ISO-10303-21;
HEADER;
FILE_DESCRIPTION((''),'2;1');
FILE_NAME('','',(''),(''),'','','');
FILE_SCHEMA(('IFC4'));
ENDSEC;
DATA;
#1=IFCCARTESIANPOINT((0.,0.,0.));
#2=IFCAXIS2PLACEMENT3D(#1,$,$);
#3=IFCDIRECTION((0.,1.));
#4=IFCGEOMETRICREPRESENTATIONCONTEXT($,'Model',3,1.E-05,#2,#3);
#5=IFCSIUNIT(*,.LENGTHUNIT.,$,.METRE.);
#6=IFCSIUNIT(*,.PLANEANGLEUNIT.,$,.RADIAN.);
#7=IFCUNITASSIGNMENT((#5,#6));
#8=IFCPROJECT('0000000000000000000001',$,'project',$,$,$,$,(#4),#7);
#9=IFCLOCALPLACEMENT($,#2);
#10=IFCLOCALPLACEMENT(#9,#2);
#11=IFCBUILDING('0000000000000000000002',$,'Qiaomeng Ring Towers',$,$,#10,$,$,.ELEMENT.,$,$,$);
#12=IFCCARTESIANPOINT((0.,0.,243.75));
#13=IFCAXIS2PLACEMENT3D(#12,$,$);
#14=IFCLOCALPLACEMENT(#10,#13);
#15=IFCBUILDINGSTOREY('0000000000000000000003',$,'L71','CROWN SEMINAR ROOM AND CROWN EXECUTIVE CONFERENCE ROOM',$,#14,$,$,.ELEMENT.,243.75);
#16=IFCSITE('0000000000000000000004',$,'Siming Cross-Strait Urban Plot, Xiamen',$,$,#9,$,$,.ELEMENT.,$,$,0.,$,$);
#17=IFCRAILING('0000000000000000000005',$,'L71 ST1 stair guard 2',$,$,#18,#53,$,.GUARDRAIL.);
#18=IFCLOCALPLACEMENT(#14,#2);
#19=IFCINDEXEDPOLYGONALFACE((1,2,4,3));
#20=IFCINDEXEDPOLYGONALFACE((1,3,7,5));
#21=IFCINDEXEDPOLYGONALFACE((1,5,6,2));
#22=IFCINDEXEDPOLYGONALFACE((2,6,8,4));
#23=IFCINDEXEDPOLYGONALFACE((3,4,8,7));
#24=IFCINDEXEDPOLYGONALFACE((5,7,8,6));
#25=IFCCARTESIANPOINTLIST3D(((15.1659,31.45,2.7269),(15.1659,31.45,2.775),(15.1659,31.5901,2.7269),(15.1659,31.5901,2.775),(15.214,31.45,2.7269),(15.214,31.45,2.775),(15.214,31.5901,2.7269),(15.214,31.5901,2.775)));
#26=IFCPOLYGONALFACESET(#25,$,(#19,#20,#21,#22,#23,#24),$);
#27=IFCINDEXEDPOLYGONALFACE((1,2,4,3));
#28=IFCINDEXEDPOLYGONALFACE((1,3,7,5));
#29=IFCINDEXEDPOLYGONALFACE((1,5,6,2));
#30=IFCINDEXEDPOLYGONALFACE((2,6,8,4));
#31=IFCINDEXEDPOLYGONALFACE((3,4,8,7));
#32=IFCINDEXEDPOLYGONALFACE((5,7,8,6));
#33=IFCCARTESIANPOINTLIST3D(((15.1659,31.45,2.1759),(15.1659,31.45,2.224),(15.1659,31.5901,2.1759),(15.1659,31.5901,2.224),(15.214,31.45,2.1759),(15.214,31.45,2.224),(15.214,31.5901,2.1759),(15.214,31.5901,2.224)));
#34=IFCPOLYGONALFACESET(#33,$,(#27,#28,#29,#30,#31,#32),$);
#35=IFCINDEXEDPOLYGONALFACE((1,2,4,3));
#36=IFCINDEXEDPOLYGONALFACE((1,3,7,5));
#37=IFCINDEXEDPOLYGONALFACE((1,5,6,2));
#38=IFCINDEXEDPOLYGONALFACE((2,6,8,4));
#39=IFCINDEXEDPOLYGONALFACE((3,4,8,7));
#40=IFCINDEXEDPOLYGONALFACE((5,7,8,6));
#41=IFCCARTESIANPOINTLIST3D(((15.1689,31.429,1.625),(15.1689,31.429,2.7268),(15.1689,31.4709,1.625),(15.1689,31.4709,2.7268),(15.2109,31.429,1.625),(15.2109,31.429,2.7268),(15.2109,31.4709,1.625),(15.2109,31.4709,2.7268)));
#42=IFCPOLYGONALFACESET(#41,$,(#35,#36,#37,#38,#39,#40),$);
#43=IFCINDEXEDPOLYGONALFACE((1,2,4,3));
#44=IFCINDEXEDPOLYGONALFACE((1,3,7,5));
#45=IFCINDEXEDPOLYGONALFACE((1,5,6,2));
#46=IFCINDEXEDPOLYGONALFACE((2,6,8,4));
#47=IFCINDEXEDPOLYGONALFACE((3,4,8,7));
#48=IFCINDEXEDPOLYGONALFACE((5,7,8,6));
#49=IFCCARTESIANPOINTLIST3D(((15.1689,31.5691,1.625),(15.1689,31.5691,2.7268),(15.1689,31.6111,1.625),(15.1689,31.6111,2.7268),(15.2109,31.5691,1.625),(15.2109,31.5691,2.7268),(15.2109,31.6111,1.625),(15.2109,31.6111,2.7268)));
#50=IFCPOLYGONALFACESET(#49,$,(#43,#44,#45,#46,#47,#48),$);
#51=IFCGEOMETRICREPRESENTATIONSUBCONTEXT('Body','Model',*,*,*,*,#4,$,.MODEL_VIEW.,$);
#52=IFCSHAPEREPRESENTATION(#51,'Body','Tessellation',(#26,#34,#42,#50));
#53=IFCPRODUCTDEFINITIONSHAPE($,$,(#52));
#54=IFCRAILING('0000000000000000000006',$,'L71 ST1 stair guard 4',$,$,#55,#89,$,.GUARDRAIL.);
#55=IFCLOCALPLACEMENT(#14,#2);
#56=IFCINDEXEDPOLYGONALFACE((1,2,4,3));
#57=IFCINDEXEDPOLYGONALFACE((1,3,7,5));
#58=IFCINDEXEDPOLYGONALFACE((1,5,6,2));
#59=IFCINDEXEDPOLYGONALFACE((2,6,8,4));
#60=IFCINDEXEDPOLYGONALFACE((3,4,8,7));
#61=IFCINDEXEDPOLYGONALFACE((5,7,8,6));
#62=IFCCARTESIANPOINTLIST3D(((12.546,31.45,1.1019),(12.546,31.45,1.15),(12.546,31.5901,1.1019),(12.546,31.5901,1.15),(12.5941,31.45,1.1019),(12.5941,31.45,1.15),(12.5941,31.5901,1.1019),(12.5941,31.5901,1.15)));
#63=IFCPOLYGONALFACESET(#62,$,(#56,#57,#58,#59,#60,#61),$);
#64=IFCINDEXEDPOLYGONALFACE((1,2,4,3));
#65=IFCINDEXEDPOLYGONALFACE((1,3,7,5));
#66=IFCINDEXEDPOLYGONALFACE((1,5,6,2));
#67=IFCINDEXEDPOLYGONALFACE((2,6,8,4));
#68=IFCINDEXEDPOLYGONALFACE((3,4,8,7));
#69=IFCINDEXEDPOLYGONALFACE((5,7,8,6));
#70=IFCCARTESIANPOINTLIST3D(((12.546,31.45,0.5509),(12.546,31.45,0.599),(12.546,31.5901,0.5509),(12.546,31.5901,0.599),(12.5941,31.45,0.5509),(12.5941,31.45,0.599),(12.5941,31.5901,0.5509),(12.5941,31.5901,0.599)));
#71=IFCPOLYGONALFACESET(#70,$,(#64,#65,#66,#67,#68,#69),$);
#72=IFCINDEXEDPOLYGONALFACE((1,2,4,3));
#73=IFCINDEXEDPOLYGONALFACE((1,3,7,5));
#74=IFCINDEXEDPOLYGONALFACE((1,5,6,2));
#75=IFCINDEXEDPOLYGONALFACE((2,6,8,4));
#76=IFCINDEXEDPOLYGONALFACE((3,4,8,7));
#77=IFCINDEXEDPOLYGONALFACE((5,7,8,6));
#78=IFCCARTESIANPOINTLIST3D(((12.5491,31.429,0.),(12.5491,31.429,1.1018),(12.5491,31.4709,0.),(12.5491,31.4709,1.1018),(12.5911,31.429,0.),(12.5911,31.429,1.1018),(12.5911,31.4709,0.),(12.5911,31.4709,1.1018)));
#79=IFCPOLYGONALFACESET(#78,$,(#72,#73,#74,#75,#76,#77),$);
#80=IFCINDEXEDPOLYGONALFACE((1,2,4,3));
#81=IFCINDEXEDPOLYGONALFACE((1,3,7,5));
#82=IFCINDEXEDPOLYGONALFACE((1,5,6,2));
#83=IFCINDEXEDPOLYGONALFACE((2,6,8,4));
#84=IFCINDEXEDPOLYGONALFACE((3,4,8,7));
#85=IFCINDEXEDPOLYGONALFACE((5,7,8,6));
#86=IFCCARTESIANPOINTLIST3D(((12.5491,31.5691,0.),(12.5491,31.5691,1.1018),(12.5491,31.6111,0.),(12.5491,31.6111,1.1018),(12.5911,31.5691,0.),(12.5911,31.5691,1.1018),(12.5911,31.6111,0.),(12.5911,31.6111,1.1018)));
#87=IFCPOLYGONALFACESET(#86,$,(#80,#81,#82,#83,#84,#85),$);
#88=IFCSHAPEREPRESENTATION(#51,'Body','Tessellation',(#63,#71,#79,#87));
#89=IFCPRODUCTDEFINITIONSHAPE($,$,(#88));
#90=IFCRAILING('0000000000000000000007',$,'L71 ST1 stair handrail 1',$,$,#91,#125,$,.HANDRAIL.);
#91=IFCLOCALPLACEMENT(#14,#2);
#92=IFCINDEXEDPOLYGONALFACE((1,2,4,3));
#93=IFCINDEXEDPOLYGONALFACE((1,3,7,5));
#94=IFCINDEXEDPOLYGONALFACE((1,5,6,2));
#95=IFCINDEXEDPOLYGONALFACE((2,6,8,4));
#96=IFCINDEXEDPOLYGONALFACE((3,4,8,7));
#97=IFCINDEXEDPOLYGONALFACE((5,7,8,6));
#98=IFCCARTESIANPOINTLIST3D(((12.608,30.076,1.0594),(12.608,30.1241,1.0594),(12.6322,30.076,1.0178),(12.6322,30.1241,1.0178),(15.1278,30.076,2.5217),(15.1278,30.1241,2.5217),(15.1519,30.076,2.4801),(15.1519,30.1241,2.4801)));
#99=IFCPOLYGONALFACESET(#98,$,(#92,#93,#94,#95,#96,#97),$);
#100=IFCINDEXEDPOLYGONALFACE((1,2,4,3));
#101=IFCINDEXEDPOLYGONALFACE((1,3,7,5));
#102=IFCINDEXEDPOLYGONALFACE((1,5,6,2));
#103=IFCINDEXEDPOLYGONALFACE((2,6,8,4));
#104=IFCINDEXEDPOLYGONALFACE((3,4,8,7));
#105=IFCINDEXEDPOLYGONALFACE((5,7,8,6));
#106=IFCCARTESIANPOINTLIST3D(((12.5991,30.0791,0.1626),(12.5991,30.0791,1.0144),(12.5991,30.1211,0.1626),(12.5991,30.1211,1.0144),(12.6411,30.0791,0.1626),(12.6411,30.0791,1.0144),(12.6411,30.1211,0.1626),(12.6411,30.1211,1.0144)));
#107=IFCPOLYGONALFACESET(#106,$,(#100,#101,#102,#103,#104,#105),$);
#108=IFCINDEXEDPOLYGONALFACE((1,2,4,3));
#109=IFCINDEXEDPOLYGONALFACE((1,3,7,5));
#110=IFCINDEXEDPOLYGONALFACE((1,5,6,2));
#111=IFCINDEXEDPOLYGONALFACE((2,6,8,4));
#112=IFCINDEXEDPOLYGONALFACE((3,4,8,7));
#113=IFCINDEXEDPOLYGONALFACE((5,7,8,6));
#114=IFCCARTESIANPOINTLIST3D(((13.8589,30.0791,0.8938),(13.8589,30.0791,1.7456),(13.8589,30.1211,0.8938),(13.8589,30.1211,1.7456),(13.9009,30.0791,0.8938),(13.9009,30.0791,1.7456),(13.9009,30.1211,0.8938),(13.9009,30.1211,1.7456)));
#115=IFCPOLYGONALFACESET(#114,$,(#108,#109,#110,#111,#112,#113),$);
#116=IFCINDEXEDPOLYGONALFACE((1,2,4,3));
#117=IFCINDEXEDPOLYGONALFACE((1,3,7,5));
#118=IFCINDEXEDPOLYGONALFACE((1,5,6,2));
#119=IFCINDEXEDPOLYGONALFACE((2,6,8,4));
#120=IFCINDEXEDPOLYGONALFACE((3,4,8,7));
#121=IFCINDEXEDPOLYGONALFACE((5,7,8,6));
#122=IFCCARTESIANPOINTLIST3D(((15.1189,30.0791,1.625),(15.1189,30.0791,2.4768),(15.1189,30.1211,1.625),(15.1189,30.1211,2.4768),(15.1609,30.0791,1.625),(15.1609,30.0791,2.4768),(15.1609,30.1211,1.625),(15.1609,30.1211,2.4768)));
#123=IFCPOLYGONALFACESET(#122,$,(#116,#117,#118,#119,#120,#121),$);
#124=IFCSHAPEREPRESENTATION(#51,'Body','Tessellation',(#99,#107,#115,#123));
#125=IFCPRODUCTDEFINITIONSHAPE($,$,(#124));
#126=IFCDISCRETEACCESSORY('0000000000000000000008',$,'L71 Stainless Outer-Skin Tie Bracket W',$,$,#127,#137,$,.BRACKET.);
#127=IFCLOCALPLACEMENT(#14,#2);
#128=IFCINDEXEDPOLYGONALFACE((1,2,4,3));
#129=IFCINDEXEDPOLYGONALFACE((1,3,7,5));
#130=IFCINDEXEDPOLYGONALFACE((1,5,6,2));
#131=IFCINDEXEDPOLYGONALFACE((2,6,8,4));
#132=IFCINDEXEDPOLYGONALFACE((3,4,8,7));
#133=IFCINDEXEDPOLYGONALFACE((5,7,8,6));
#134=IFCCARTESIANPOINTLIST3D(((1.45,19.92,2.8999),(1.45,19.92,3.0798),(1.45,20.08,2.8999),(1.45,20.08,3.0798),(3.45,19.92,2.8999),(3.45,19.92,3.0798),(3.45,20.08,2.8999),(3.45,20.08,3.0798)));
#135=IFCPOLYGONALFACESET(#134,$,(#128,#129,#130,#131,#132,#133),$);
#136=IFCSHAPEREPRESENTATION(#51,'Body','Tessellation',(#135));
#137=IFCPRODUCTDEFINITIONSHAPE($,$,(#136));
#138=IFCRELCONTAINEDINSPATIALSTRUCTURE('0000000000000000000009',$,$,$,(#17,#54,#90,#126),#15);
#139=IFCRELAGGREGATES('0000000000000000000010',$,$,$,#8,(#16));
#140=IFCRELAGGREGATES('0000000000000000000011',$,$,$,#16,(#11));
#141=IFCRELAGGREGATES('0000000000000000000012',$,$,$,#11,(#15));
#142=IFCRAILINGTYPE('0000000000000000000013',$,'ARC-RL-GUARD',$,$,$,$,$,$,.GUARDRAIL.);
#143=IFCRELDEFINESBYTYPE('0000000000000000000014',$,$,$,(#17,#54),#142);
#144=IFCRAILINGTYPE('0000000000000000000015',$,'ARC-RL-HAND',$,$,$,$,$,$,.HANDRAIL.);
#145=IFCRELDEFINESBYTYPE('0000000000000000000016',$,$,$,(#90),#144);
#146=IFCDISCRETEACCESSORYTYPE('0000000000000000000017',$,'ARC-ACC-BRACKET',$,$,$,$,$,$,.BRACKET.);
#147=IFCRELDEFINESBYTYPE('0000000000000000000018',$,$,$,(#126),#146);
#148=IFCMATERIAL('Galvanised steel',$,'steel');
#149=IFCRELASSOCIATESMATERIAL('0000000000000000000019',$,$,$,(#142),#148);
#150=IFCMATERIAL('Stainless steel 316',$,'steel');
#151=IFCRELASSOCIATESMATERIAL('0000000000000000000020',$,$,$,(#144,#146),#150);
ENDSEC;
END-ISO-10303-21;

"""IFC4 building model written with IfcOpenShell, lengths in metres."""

from ifc_helpers import new_model, si_unit, direction, frame, origin, origin_2d, place, context, subcontext, project, spatial, rectangle, extrude, source, transform, mapped, material, type_object, element, save


model = new_model("IFC4")

# Units and contexts
model_context = context("Model", 3, precision=1e-05, world=origin(), true_north=direction((0.0, 1.0)))
body_context = subcontext(model_context, "Body", "Model", "MODEL_VIEW")
ifc_project = project(units=[si_unit("LENGTHUNIT", "METRE"), si_unit("PLANEANGLEUNIT", "RADIAN")], contexts=[model_context])

# Site, building, storey
site_placement = place(None, origin())
site = spatial("IfcSite", under=ifc_project, at=site_placement, Name="Siming Cross-Strait Urban Plot, Xiamen", CompositionType="ELEMENT", RefElevation=0.0)
building_placement = place(site_placement, origin())
building = spatial("IfcBuilding", under=site, at=building_placement, Name="Qiaomeng Ring Towers", CompositionType="ELEMENT")
storey_placement = place(building_placement, frame((0.0, 0.0, 243.75)))
storey = spatial("IfcBuildingStorey", under=building, at=storey_placement, Name="L71", Description="CROWN SEMINAR ROOM AND CROWN EXECUTIVE CONFERENCE ROOM", CompositionType="ELEMENT", Elevation=243.75)

# Shared definitions
ifc_material_1 = material(Name="Stainless steel 316", Category="steel")

# Railings
ifc_material_2 = material(Name="Galvanised steel", Category="steel")
railing_type_1 = type_object("IfcRailingType", Name="ARC-RL-GUARD", PredefinedType="GUARDRAIL", material=ifc_material_2)
for number, where, name in (
    (1, (15.1899, 31.45, 1.625), "L71 ST1 stair guard 2"),
    (2, (12.5701, 31.45, 0.0), "L71 ST1 stair guard 4"),
):
    element("IfcRailing", number, at=place(storey_placement, frame(where)), inside=storey, type_object=railing_type_1, Name=name, PredefinedType="GUARDRAIL", context=body_context, shape_type="SweptSolid", body=[
        extrude(rectangle(XDim=0.0481, YDim=0.0481, at=origin_2d()), frame((0.0, 0.0, 1.126), z_axis=(0.0, 1.0, 0.0), x_axis=(-1.0, 0.0, 0.0)), (0.0, 0.0, 1.0), 0.1401),
        extrude(rectangle(XDim=0.0481, YDim=0.0481, at=origin_2d()), frame((0.0, 0.0, 0.575), z_axis=(0.0, 1.0, 0.0), x_axis=(-1.0, 0.0, 0.0)), (0.0, 0.0, 1.0), 0.1401),
        extrude(rectangle(XDim=0.042, YDim=0.042, at=origin_2d()), origin(), (0.0, 0.0, 1.0), 1.1018),
        extrude(rectangle(XDim=0.042, YDim=0.042, at=origin_2d()), frame((0.0, 0.1401, 0.0)), (0.0, 0.0, 1.0), 1.1018),
    ])
railing_type_2 = type_object("IfcRailingType", Name="ARC-RL-HAND", PredefinedType="HANDRAIL", material=ifc_material_1)
railing_1_placement = place(storey_placement, frame((12.6201, 30.1001, 0.1626)))
element("IfcRailing", 3, at=railing_1_placement, inside=storey, type_object=railing_type_2, Name="L71 ST1 stair handrail 1", PredefinedType="HANDRAIL", context=body_context, shape_type="SweptSolid", body=[
    extrude(rectangle(XDim=0.0481, YDim=0.0481, at=origin_2d()), frame((0.0, 0.0, 0.876), z_axis=(0.864892, 0.0, 0.501958), x_axis=(0.0, 1.0, 0.0)), (0.0, 0.0, 1.0), 2.9133),
    extrude(rectangle(XDim=0.042, YDim=0.042, at=origin_2d()), origin(), (0.0, 0.0, 1.0), 0.8518),
    extrude(rectangle(XDim=0.042, YDim=0.042, at=origin_2d()), frame((1.2598, 0.0, 0.7312)), (0.0, 0.0, 1.0), 0.8518),
    extrude(rectangle(XDim=0.042, YDim=0.042, at=origin_2d()), frame((2.5198, 0.0, 1.4624)), (0.0, 0.0, 1.0), 0.8518),
])

# Discrete accessory
discrete_accessory_type = type_object("IfcDiscreteAccessoryType", Name="ARC-ACC-BRACKET", PredefinedType="BRACKET", material=ifc_material_1)
shared_shape_1 = source(origin(), body_context, "Body", "SweptSolid", [
    extrude(rectangle(XDim=2.0, YDim=0.1599, at=origin_2d()), origin(), (0.0, 0.0, 1.0), 0.1799),
])
discrete_accessory_placement = place(storey_placement, frame((2.45, 20.0, 2.8999), z_axis=(0.0, 0.0, 1.0), x_axis=(1.0, 0.0, 0.0)))
element("IfcDiscreteAccessory", 4, at=discrete_accessory_placement, inside=storey, type_object=discrete_accessory_type, Name="L71 Stainless Outer-Skin Tie Bracket W", PredefinedType="BRACKET", context=body_context, shape_type="MappedRepresentation", body=[
    mapped(shared_shape_1, transform((0.0, 0.0, 0.0), x_axis=(1.0, 0.0, 0.0), y_axis=(0.0, 1.0, 0.0), z_axis=(0.0, 0.0, 1.0), scale=1.0)),
])

save(model, "model.ifc")
